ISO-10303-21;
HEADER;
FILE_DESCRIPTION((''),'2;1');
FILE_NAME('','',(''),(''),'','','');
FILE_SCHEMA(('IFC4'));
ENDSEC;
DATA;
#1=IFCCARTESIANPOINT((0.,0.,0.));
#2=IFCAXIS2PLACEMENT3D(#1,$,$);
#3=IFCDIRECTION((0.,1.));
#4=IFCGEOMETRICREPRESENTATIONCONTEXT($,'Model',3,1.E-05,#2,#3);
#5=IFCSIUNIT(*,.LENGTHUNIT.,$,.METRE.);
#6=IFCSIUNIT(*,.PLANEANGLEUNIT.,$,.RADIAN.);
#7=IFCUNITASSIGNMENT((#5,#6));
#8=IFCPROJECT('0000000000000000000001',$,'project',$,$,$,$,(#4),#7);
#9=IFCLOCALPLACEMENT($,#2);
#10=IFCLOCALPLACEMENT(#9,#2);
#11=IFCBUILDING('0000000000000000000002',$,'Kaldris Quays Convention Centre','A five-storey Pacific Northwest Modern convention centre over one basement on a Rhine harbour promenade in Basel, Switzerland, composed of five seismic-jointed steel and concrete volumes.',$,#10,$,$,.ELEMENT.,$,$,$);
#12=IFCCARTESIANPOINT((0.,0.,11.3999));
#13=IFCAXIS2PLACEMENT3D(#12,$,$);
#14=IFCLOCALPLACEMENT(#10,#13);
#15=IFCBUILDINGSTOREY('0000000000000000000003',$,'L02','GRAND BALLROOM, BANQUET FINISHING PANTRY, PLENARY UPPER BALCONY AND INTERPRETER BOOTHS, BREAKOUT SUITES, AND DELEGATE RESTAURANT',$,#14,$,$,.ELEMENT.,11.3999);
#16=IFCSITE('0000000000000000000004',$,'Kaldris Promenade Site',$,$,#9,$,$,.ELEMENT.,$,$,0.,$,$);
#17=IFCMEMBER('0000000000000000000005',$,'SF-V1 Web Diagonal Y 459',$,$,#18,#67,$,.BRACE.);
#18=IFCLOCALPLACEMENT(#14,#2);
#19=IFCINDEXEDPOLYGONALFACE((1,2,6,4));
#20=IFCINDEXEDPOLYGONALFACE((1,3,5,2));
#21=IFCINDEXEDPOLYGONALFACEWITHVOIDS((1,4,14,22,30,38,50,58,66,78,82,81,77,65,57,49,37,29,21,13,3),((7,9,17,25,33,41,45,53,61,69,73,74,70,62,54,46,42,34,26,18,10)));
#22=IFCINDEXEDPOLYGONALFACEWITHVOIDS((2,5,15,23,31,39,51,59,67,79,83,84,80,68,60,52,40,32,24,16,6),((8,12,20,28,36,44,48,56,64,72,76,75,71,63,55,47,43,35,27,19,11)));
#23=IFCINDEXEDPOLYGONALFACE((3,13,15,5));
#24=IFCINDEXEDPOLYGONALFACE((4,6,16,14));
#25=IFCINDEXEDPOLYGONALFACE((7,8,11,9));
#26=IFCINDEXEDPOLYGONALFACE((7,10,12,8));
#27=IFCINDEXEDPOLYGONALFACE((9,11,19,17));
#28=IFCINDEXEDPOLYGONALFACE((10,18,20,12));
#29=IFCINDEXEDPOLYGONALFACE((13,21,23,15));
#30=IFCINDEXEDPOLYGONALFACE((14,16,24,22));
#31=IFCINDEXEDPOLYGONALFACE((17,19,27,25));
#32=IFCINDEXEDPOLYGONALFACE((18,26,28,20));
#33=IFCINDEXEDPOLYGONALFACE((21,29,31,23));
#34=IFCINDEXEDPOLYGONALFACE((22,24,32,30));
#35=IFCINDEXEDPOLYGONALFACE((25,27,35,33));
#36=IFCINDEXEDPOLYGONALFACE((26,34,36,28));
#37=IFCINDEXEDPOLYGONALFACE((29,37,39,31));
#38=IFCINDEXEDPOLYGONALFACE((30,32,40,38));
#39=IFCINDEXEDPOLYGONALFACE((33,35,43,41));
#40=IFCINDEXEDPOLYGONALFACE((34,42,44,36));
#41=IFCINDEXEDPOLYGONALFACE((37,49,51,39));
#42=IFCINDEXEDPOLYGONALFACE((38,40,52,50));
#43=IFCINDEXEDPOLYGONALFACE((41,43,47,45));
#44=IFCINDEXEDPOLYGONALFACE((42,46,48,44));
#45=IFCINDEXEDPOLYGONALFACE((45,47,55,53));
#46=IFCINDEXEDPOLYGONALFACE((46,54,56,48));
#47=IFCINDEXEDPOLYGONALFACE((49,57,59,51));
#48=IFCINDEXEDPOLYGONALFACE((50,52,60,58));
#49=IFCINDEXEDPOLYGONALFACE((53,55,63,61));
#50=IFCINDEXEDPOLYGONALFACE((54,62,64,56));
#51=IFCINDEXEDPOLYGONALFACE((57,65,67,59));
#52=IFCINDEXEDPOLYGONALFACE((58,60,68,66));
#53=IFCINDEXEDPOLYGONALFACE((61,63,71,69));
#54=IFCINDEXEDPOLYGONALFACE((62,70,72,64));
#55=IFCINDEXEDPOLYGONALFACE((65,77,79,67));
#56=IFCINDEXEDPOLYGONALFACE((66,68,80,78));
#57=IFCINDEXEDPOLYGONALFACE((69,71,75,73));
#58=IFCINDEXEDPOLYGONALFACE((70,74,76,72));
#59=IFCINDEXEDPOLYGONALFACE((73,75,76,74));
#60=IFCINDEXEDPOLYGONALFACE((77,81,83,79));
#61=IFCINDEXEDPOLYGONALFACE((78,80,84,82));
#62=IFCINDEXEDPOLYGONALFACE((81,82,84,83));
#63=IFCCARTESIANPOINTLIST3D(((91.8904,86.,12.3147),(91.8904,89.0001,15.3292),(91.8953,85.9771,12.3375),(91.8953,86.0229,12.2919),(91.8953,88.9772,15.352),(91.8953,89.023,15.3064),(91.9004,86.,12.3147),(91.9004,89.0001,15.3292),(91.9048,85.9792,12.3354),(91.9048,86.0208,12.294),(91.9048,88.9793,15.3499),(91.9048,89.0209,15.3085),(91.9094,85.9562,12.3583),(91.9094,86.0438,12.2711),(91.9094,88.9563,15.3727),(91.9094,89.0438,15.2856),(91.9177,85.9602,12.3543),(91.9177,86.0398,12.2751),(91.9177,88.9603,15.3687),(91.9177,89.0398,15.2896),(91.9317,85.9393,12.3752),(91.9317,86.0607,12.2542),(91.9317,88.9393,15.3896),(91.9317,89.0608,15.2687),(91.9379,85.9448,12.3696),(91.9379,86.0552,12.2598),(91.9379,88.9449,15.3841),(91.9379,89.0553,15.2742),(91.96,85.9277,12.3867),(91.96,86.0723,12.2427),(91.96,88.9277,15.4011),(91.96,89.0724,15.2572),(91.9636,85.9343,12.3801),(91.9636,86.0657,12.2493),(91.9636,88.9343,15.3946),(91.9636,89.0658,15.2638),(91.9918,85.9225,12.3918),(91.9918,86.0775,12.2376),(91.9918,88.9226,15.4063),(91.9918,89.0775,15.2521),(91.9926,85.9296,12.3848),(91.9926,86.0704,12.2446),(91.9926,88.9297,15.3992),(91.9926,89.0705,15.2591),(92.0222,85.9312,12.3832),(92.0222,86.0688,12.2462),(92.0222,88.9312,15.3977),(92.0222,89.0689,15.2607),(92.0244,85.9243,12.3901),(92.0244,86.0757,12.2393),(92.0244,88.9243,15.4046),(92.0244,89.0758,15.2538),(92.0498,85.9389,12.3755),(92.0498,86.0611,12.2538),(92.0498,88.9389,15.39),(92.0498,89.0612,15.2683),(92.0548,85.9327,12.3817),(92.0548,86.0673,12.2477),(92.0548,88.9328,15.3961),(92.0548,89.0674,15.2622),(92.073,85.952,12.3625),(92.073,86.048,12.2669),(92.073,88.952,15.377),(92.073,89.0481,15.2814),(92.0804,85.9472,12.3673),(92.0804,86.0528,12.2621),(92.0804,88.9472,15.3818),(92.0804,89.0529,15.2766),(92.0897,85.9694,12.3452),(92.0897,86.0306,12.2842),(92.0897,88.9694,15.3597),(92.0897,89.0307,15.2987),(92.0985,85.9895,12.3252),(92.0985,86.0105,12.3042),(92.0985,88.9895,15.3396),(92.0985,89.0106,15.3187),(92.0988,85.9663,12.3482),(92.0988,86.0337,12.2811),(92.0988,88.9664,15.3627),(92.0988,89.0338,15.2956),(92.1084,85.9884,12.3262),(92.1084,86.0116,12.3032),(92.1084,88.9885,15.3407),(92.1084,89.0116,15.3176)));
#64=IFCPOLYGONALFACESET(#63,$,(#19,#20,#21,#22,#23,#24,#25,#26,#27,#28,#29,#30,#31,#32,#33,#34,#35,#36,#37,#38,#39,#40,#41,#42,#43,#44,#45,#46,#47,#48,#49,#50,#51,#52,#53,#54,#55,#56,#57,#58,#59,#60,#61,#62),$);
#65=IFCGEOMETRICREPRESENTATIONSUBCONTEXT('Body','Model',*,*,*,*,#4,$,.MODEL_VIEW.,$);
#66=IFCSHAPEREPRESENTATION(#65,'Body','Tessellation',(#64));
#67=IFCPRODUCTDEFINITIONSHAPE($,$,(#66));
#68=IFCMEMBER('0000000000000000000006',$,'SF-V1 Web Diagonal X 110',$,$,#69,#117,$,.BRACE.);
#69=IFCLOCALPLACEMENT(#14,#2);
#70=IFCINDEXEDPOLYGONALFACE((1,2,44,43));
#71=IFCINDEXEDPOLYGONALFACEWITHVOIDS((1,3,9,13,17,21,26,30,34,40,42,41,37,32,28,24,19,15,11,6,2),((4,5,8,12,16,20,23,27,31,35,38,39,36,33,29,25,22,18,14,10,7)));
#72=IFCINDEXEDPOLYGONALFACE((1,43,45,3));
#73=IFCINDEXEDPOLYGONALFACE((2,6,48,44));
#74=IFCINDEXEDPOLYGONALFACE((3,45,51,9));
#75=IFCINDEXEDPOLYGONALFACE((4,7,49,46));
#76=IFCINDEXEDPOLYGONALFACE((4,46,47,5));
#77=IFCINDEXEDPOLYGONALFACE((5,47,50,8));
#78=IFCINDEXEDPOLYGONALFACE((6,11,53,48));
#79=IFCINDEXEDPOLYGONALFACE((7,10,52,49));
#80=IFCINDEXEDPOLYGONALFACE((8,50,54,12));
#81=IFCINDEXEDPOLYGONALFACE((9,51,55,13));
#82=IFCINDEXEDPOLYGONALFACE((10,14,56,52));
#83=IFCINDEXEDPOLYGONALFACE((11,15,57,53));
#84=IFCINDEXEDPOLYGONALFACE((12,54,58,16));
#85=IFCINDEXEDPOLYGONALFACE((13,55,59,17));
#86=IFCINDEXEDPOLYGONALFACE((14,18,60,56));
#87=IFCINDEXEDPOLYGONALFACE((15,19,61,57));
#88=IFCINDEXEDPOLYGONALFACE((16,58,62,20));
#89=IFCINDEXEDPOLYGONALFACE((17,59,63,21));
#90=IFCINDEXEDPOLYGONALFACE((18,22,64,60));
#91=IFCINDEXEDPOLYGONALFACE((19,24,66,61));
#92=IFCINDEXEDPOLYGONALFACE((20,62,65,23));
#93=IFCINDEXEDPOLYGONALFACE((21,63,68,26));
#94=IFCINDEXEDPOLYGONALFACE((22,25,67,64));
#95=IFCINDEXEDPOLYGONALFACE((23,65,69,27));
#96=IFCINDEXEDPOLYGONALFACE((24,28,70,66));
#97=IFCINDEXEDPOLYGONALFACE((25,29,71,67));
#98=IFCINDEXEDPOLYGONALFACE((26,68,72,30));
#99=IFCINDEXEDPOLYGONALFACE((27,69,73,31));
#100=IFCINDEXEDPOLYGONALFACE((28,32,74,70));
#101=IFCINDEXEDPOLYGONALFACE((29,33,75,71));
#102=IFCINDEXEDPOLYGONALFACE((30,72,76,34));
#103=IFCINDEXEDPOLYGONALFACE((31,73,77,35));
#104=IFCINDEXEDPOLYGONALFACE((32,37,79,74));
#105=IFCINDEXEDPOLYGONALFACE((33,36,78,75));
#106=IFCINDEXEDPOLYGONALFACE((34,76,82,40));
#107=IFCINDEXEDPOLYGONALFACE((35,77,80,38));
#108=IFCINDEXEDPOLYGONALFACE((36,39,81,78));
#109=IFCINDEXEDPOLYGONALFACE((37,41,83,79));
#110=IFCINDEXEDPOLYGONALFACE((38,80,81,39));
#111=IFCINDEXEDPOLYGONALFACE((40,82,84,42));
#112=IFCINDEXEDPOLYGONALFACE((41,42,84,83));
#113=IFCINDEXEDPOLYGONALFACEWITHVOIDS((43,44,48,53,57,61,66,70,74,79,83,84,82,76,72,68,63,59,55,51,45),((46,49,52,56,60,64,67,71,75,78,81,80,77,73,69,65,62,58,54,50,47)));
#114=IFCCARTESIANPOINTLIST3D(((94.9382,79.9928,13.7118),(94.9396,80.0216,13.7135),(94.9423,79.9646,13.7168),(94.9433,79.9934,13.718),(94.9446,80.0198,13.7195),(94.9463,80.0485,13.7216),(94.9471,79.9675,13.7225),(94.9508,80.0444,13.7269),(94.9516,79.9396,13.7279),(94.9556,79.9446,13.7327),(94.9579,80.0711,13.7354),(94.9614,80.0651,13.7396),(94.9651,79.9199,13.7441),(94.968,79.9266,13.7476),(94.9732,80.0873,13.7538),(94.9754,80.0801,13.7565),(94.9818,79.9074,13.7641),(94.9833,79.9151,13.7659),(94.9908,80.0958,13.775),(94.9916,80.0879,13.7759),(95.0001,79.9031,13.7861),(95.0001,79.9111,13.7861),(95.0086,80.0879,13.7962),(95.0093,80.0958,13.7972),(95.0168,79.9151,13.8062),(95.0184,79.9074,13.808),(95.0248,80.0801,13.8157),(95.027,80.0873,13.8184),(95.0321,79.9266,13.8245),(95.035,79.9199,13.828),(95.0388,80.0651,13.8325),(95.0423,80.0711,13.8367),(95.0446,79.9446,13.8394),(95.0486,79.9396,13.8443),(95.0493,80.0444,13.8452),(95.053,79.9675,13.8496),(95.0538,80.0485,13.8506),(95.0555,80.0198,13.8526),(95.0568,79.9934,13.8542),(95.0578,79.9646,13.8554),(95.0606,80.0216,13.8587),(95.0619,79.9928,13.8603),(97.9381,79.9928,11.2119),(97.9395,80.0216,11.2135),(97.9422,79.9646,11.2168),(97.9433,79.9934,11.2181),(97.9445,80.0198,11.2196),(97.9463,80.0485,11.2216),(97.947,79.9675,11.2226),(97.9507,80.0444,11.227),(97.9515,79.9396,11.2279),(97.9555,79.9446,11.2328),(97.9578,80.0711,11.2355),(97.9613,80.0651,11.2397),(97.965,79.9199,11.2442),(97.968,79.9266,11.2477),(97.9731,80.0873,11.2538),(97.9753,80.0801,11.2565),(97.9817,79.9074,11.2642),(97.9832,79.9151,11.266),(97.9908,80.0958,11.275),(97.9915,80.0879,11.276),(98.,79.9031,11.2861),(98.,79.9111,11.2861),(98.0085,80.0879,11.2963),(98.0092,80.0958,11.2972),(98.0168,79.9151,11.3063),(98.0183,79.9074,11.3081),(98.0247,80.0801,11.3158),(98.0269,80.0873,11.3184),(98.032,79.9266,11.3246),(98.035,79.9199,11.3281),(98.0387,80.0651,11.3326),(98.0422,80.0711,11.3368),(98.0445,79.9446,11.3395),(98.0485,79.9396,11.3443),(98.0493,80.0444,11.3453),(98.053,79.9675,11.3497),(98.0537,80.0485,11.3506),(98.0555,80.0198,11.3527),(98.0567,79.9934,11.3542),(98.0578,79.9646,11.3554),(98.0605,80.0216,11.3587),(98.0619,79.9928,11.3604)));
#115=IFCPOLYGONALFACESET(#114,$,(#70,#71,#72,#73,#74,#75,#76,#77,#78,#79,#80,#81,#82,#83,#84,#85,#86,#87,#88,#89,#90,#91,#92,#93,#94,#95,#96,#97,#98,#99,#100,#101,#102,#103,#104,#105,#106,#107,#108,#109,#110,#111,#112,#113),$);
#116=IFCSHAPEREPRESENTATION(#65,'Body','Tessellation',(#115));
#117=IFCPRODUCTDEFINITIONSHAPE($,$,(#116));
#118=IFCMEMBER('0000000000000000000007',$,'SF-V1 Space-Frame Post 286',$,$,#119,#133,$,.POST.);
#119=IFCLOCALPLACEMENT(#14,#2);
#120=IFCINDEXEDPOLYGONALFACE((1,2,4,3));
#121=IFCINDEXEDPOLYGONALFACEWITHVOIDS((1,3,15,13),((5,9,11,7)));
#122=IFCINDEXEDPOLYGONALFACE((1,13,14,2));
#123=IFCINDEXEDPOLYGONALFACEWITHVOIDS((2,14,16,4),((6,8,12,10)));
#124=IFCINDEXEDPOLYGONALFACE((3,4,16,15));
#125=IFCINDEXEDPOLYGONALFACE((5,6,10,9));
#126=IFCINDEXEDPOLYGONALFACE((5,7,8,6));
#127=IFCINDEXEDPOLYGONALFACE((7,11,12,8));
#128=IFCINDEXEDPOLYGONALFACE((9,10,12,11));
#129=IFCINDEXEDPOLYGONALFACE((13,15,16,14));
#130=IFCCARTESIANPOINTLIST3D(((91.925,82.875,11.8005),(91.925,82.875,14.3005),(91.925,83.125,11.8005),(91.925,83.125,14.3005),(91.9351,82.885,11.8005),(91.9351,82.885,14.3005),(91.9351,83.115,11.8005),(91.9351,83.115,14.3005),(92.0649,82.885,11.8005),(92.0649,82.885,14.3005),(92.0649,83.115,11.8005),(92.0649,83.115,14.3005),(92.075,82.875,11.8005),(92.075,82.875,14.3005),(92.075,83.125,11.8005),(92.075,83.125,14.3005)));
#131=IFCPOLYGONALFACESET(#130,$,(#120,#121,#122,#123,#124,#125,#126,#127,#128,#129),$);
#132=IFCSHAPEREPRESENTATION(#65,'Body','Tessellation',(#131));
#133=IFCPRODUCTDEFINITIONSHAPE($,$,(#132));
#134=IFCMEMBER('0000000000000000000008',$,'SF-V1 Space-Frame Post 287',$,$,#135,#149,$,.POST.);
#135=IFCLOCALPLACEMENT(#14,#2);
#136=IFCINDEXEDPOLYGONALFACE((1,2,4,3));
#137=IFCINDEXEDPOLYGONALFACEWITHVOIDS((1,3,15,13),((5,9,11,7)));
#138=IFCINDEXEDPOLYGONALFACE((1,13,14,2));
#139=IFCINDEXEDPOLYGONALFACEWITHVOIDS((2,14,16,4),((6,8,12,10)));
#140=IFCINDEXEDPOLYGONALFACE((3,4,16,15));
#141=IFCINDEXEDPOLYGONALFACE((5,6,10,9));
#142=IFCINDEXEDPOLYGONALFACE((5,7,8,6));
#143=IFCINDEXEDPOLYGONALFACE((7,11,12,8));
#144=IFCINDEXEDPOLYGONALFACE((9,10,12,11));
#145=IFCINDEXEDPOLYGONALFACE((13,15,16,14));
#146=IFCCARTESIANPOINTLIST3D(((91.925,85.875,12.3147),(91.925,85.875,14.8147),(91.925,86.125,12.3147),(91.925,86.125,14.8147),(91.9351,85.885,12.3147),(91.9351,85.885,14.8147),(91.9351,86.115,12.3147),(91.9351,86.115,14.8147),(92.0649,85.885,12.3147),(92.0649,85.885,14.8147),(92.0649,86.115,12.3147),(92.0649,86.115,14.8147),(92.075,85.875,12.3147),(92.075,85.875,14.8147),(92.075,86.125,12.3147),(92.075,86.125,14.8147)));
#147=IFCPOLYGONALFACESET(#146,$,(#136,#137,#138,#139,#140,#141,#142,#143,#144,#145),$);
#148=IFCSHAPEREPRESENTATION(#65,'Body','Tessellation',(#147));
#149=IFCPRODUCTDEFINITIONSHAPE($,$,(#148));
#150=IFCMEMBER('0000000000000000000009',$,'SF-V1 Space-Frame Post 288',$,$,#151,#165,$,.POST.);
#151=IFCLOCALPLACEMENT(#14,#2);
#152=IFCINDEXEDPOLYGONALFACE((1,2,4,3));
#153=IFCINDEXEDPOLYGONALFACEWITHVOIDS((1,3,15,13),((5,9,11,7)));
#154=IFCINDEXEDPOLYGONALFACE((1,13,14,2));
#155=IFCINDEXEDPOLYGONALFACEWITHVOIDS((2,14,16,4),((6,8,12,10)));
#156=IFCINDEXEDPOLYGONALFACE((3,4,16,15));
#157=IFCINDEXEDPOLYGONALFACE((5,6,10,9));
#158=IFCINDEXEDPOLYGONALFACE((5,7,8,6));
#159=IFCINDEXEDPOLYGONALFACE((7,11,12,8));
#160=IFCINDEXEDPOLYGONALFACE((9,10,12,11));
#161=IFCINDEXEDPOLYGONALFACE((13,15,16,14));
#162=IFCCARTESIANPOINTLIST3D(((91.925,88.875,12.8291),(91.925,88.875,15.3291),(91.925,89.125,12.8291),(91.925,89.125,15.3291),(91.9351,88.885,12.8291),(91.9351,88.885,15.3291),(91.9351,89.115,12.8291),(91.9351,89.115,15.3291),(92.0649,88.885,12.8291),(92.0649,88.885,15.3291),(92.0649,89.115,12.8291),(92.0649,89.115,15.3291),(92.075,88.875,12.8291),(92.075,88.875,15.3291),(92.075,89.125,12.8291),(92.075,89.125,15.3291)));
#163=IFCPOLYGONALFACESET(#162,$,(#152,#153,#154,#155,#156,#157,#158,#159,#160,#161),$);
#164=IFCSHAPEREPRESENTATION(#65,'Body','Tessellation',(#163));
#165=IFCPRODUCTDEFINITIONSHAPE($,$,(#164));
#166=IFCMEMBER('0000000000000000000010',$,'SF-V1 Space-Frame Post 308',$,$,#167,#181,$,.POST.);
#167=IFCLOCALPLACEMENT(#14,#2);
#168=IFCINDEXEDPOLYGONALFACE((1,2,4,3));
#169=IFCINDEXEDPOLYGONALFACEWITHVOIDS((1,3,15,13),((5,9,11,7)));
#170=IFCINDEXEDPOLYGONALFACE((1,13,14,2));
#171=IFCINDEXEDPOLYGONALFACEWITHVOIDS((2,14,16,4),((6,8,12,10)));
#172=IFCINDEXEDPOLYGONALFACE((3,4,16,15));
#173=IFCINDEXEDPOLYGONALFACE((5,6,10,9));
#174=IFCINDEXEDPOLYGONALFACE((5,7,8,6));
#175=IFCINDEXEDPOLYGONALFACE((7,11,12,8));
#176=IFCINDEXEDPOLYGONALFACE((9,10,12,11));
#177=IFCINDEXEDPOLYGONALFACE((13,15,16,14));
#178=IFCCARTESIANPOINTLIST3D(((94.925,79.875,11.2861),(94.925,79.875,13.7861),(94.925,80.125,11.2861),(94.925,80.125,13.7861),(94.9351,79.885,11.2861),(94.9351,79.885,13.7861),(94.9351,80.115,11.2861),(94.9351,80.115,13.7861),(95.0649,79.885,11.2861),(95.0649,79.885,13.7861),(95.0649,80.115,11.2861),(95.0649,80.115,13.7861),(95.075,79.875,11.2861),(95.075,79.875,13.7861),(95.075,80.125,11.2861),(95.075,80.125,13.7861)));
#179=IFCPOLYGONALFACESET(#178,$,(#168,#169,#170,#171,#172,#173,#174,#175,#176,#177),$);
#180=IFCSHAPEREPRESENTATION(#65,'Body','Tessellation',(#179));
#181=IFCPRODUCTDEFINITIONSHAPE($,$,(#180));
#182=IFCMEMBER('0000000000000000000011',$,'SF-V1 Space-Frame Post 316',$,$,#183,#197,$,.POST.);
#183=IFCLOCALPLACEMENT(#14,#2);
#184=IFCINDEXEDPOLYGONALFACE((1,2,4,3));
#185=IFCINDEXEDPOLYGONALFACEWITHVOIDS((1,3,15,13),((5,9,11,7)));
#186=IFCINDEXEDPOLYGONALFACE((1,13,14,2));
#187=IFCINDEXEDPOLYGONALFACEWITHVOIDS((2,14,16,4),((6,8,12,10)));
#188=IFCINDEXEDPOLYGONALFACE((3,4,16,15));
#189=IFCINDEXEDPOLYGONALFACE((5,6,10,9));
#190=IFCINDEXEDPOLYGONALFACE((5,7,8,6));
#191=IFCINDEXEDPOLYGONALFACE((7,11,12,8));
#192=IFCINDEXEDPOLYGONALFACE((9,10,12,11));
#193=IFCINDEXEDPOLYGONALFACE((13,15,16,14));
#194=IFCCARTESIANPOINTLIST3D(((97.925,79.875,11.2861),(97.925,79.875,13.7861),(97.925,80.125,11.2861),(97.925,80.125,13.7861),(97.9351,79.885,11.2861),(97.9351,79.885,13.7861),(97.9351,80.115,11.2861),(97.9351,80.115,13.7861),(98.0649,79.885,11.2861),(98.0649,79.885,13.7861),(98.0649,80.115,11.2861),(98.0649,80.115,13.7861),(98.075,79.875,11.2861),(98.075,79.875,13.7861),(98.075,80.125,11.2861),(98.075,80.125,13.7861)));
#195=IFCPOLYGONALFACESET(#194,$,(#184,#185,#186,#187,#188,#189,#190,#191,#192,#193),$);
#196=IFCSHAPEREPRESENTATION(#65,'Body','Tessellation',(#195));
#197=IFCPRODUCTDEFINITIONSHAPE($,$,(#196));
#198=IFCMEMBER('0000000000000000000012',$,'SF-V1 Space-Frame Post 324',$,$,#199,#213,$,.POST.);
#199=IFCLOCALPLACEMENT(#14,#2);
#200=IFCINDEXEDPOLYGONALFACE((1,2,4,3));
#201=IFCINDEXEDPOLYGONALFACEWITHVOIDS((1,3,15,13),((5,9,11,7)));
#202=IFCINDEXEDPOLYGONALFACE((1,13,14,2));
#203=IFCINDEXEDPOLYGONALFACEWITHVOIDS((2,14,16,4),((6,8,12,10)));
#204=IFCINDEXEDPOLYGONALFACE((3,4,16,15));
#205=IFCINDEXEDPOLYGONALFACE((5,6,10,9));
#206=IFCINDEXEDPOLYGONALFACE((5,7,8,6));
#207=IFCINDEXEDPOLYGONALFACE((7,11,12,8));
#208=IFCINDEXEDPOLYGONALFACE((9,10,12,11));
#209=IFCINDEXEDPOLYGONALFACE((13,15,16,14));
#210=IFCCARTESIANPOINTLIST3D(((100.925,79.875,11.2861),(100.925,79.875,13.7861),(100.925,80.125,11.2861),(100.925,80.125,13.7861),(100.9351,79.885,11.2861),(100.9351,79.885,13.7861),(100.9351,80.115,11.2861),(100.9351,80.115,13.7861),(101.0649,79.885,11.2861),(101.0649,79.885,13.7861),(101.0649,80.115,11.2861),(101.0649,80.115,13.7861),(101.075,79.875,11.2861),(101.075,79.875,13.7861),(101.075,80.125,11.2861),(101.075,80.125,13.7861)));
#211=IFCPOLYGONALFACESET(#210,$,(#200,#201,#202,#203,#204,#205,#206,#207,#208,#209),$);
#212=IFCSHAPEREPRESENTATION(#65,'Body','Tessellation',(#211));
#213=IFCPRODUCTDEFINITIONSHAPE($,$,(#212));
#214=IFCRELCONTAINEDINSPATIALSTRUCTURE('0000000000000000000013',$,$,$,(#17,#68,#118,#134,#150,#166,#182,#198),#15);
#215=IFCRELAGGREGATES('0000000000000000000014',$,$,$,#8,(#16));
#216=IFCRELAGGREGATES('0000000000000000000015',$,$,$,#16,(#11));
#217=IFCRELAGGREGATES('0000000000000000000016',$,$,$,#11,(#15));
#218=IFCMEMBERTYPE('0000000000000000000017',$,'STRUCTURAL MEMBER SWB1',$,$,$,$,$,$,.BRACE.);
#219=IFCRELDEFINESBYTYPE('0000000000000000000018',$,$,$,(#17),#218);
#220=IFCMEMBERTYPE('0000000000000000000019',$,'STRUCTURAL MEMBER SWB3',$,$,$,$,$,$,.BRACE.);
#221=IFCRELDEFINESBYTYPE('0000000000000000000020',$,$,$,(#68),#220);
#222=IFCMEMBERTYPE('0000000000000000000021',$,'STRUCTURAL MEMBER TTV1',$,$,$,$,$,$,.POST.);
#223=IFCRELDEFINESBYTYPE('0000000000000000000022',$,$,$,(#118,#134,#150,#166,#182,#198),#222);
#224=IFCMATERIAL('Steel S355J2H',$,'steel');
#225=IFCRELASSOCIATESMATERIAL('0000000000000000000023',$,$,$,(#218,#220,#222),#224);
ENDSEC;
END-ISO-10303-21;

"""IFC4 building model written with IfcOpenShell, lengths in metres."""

from ifc_helpers import new_model, si_unit, direction, frame, origin, origin_2d, place, context, subcontext, project, spatial, hollow_rectangle, hollow_circle, extrude, material, material_profile, profile_set, type_object, element, save


model = new_model("IFC4")

# Units and contexts
model_context = context("Model", 3, precision=1e-05, world=origin(), true_north=direction((0.0, 1.0)))
body_context = subcontext(model_context, "Body", "Model", "MODEL_VIEW")
ifc_project = project(units=[si_unit("LENGTHUNIT", "METRE"), si_unit("PLANEANGLEUNIT", "RADIAN")], contexts=[model_context])

# Site, building, storey
site_placement = place(None, origin())
site = spatial("IfcSite", under=ifc_project, at=site_placement, Name="Kaldris Promenade Site", CompositionType="ELEMENT", RefElevation=0.0)
building_placement = place(site_placement, origin())
building = spatial("IfcBuilding", under=site, at=building_placement, Name="Kaldris Quays Convention Centre", Description="A five-storey Pacific Northwest Modern convention centre over one basement on a Rhine harbour promenade in Basel, Switzerland, composed of five seismic-jointed steel and concrete volumes.", CompositionType="ELEMENT")
storey_placement = place(building_placement, frame((0.0, 0.0, 11.3999)))
storey = spatial("IfcBuildingStorey", under=building, at=storey_placement, Name="L02", Description="GRAND BALLROOM, BANQUET FINISHING PANTRY, PLENARY UPPER BALCONY AND INTERPRETER BOOTHS, BREAKOUT SUITES, AND DELEGATE RESTAURANT", CompositionType="ELEMENT", Elevation=11.3999)

# Members
ifc_material = material(Name="Steel S355J2H", Category="steel")
ifc_material_profile_1 = material_profile(ifc_material, hollow_circle(Radius=0.1096, WallThickness=0.01, at=origin_2d()), Name="CHS 219.1x10")
ifc_profile_set_1 = profile_set([ifc_material_profile_1], Name="Steel S355J2H")
member_type_1 = type_object("IfcMemberType", Name="STRUCTURAL MEMBER SWB1", PredefinedType="BRACE", material=ifc_profile_set_1)
member_1_placement = place(storey_placement, frame((92.0, 86.0, 12.3147), z_axis=(0.0, 0.705411, 0.708798), x_axis=(-1.0, 0.0, 0.0)))
element("IfcMember", 1, at=member_1_placement, inside=storey, type_object=member_type_1, Name="SF-V1 Web Diagonal Y 459", PredefinedType="BRACE", context=body_context, shape_type="SweptSolid", body=[
    extrude(hollow_circle(Radius=0.1096, WallThickness=0.01, at=origin_2d()), origin(), (0.0, 0.0, 1.0), 4.2529),
])
ifc_material_profile_2 = material_profile(ifc_material, hollow_circle(Radius=0.0969, WallThickness=0.0081, at=origin_2d()), Name="CHS 193.7x8")
ifc_profile_set_2 = profile_set([ifc_material_profile_2], Name="Steel S355J2H")
member_type_2 = type_object("IfcMemberType", Name="STRUCTURAL MEMBER SWB3", PredefinedType="BRACE", material=ifc_profile_set_2)
member_2_placement = place(storey_placement, frame((98.0, 80.0, 11.2861), z_axis=(-0.768221, 0.0, 0.640184), x_axis=(0.0, -1.0, 0.0)))
element("IfcMember", 2, at=member_2_placement, inside=storey, type_object=member_type_2, Name="SF-V1 Web Diagonal X 110", PredefinedType="BRACE", context=body_context, shape_type="SweptSolid", body=[
    extrude(hollow_circle(Radius=0.0969, WallThickness=0.0081, at=origin_2d()), origin(), (0.0, 0.0, 1.0), 3.905),
])
ifc_material_profile_3 = material_profile(ifc_material, hollow_rectangle(XDim=0.1499, YDim=0.25, WallThickness=0.01, at=origin_2d()), Name="RHS 250x150x10")
ifc_profile_set_3 = profile_set([ifc_material_profile_3], Name="Steel S355J2H")
member_type_3 = type_object("IfcMemberType", Name="STRUCTURAL MEMBER TTV1", PredefinedType="POST", material=ifc_profile_set_3)
for number, where, z_axis, x_axis, name in (
    (3, (92.0, 83.0, 11.8005), (0.0, 0.0, 1.0), (1.0, 0.0, 0.0), "SF-V1 Space-Frame Post 286"),
    (4, (92.0, 86.0, 12.3147), (0.0, 0.0, 1.0), (1.0, 0.0, 0.0), "SF-V1 Space-Frame Post 287"),
    (5, (92.0, 89.0, 12.8291), (0.0, 0.0, 1.0), (1.0, 0.0, 0.0), "SF-V1 Space-Frame Post 288"),
    (6, (95.0, 80.0, 11.2861), (0.0, 0.0, 1.0), (1.0, 0.0, 0.0), "SF-V1 Space-Frame Post 308"),
    (7, (98.0, 80.0, 11.2861), (0.0, 0.0, 1.0), (1.0, 0.0, 0.0), "SF-V1 Space-Frame Post 316"),
    (8, (101.0, 80.0, 11.2861), (0.0, 0.0, 1.0), (1.0, 0.0, 0.0), "SF-V1 Space-Frame Post 324"),
):
    element("IfcMember", number, at=place(storey_placement, frame(where, z_axis=z_axis, x_axis=x_axis)), inside=storey, type_object=member_type_3, Name=name, PredefinedType="POST", context=body_context, shape_type="SweptSolid", body=[
        extrude(hollow_rectangle(XDim=0.1499, YDim=0.25, WallThickness=0.01, at=origin_2d()), origin(), (0.0, 0.0, 1.0), 2.5),
    ])

save(model, "model.ifc")
